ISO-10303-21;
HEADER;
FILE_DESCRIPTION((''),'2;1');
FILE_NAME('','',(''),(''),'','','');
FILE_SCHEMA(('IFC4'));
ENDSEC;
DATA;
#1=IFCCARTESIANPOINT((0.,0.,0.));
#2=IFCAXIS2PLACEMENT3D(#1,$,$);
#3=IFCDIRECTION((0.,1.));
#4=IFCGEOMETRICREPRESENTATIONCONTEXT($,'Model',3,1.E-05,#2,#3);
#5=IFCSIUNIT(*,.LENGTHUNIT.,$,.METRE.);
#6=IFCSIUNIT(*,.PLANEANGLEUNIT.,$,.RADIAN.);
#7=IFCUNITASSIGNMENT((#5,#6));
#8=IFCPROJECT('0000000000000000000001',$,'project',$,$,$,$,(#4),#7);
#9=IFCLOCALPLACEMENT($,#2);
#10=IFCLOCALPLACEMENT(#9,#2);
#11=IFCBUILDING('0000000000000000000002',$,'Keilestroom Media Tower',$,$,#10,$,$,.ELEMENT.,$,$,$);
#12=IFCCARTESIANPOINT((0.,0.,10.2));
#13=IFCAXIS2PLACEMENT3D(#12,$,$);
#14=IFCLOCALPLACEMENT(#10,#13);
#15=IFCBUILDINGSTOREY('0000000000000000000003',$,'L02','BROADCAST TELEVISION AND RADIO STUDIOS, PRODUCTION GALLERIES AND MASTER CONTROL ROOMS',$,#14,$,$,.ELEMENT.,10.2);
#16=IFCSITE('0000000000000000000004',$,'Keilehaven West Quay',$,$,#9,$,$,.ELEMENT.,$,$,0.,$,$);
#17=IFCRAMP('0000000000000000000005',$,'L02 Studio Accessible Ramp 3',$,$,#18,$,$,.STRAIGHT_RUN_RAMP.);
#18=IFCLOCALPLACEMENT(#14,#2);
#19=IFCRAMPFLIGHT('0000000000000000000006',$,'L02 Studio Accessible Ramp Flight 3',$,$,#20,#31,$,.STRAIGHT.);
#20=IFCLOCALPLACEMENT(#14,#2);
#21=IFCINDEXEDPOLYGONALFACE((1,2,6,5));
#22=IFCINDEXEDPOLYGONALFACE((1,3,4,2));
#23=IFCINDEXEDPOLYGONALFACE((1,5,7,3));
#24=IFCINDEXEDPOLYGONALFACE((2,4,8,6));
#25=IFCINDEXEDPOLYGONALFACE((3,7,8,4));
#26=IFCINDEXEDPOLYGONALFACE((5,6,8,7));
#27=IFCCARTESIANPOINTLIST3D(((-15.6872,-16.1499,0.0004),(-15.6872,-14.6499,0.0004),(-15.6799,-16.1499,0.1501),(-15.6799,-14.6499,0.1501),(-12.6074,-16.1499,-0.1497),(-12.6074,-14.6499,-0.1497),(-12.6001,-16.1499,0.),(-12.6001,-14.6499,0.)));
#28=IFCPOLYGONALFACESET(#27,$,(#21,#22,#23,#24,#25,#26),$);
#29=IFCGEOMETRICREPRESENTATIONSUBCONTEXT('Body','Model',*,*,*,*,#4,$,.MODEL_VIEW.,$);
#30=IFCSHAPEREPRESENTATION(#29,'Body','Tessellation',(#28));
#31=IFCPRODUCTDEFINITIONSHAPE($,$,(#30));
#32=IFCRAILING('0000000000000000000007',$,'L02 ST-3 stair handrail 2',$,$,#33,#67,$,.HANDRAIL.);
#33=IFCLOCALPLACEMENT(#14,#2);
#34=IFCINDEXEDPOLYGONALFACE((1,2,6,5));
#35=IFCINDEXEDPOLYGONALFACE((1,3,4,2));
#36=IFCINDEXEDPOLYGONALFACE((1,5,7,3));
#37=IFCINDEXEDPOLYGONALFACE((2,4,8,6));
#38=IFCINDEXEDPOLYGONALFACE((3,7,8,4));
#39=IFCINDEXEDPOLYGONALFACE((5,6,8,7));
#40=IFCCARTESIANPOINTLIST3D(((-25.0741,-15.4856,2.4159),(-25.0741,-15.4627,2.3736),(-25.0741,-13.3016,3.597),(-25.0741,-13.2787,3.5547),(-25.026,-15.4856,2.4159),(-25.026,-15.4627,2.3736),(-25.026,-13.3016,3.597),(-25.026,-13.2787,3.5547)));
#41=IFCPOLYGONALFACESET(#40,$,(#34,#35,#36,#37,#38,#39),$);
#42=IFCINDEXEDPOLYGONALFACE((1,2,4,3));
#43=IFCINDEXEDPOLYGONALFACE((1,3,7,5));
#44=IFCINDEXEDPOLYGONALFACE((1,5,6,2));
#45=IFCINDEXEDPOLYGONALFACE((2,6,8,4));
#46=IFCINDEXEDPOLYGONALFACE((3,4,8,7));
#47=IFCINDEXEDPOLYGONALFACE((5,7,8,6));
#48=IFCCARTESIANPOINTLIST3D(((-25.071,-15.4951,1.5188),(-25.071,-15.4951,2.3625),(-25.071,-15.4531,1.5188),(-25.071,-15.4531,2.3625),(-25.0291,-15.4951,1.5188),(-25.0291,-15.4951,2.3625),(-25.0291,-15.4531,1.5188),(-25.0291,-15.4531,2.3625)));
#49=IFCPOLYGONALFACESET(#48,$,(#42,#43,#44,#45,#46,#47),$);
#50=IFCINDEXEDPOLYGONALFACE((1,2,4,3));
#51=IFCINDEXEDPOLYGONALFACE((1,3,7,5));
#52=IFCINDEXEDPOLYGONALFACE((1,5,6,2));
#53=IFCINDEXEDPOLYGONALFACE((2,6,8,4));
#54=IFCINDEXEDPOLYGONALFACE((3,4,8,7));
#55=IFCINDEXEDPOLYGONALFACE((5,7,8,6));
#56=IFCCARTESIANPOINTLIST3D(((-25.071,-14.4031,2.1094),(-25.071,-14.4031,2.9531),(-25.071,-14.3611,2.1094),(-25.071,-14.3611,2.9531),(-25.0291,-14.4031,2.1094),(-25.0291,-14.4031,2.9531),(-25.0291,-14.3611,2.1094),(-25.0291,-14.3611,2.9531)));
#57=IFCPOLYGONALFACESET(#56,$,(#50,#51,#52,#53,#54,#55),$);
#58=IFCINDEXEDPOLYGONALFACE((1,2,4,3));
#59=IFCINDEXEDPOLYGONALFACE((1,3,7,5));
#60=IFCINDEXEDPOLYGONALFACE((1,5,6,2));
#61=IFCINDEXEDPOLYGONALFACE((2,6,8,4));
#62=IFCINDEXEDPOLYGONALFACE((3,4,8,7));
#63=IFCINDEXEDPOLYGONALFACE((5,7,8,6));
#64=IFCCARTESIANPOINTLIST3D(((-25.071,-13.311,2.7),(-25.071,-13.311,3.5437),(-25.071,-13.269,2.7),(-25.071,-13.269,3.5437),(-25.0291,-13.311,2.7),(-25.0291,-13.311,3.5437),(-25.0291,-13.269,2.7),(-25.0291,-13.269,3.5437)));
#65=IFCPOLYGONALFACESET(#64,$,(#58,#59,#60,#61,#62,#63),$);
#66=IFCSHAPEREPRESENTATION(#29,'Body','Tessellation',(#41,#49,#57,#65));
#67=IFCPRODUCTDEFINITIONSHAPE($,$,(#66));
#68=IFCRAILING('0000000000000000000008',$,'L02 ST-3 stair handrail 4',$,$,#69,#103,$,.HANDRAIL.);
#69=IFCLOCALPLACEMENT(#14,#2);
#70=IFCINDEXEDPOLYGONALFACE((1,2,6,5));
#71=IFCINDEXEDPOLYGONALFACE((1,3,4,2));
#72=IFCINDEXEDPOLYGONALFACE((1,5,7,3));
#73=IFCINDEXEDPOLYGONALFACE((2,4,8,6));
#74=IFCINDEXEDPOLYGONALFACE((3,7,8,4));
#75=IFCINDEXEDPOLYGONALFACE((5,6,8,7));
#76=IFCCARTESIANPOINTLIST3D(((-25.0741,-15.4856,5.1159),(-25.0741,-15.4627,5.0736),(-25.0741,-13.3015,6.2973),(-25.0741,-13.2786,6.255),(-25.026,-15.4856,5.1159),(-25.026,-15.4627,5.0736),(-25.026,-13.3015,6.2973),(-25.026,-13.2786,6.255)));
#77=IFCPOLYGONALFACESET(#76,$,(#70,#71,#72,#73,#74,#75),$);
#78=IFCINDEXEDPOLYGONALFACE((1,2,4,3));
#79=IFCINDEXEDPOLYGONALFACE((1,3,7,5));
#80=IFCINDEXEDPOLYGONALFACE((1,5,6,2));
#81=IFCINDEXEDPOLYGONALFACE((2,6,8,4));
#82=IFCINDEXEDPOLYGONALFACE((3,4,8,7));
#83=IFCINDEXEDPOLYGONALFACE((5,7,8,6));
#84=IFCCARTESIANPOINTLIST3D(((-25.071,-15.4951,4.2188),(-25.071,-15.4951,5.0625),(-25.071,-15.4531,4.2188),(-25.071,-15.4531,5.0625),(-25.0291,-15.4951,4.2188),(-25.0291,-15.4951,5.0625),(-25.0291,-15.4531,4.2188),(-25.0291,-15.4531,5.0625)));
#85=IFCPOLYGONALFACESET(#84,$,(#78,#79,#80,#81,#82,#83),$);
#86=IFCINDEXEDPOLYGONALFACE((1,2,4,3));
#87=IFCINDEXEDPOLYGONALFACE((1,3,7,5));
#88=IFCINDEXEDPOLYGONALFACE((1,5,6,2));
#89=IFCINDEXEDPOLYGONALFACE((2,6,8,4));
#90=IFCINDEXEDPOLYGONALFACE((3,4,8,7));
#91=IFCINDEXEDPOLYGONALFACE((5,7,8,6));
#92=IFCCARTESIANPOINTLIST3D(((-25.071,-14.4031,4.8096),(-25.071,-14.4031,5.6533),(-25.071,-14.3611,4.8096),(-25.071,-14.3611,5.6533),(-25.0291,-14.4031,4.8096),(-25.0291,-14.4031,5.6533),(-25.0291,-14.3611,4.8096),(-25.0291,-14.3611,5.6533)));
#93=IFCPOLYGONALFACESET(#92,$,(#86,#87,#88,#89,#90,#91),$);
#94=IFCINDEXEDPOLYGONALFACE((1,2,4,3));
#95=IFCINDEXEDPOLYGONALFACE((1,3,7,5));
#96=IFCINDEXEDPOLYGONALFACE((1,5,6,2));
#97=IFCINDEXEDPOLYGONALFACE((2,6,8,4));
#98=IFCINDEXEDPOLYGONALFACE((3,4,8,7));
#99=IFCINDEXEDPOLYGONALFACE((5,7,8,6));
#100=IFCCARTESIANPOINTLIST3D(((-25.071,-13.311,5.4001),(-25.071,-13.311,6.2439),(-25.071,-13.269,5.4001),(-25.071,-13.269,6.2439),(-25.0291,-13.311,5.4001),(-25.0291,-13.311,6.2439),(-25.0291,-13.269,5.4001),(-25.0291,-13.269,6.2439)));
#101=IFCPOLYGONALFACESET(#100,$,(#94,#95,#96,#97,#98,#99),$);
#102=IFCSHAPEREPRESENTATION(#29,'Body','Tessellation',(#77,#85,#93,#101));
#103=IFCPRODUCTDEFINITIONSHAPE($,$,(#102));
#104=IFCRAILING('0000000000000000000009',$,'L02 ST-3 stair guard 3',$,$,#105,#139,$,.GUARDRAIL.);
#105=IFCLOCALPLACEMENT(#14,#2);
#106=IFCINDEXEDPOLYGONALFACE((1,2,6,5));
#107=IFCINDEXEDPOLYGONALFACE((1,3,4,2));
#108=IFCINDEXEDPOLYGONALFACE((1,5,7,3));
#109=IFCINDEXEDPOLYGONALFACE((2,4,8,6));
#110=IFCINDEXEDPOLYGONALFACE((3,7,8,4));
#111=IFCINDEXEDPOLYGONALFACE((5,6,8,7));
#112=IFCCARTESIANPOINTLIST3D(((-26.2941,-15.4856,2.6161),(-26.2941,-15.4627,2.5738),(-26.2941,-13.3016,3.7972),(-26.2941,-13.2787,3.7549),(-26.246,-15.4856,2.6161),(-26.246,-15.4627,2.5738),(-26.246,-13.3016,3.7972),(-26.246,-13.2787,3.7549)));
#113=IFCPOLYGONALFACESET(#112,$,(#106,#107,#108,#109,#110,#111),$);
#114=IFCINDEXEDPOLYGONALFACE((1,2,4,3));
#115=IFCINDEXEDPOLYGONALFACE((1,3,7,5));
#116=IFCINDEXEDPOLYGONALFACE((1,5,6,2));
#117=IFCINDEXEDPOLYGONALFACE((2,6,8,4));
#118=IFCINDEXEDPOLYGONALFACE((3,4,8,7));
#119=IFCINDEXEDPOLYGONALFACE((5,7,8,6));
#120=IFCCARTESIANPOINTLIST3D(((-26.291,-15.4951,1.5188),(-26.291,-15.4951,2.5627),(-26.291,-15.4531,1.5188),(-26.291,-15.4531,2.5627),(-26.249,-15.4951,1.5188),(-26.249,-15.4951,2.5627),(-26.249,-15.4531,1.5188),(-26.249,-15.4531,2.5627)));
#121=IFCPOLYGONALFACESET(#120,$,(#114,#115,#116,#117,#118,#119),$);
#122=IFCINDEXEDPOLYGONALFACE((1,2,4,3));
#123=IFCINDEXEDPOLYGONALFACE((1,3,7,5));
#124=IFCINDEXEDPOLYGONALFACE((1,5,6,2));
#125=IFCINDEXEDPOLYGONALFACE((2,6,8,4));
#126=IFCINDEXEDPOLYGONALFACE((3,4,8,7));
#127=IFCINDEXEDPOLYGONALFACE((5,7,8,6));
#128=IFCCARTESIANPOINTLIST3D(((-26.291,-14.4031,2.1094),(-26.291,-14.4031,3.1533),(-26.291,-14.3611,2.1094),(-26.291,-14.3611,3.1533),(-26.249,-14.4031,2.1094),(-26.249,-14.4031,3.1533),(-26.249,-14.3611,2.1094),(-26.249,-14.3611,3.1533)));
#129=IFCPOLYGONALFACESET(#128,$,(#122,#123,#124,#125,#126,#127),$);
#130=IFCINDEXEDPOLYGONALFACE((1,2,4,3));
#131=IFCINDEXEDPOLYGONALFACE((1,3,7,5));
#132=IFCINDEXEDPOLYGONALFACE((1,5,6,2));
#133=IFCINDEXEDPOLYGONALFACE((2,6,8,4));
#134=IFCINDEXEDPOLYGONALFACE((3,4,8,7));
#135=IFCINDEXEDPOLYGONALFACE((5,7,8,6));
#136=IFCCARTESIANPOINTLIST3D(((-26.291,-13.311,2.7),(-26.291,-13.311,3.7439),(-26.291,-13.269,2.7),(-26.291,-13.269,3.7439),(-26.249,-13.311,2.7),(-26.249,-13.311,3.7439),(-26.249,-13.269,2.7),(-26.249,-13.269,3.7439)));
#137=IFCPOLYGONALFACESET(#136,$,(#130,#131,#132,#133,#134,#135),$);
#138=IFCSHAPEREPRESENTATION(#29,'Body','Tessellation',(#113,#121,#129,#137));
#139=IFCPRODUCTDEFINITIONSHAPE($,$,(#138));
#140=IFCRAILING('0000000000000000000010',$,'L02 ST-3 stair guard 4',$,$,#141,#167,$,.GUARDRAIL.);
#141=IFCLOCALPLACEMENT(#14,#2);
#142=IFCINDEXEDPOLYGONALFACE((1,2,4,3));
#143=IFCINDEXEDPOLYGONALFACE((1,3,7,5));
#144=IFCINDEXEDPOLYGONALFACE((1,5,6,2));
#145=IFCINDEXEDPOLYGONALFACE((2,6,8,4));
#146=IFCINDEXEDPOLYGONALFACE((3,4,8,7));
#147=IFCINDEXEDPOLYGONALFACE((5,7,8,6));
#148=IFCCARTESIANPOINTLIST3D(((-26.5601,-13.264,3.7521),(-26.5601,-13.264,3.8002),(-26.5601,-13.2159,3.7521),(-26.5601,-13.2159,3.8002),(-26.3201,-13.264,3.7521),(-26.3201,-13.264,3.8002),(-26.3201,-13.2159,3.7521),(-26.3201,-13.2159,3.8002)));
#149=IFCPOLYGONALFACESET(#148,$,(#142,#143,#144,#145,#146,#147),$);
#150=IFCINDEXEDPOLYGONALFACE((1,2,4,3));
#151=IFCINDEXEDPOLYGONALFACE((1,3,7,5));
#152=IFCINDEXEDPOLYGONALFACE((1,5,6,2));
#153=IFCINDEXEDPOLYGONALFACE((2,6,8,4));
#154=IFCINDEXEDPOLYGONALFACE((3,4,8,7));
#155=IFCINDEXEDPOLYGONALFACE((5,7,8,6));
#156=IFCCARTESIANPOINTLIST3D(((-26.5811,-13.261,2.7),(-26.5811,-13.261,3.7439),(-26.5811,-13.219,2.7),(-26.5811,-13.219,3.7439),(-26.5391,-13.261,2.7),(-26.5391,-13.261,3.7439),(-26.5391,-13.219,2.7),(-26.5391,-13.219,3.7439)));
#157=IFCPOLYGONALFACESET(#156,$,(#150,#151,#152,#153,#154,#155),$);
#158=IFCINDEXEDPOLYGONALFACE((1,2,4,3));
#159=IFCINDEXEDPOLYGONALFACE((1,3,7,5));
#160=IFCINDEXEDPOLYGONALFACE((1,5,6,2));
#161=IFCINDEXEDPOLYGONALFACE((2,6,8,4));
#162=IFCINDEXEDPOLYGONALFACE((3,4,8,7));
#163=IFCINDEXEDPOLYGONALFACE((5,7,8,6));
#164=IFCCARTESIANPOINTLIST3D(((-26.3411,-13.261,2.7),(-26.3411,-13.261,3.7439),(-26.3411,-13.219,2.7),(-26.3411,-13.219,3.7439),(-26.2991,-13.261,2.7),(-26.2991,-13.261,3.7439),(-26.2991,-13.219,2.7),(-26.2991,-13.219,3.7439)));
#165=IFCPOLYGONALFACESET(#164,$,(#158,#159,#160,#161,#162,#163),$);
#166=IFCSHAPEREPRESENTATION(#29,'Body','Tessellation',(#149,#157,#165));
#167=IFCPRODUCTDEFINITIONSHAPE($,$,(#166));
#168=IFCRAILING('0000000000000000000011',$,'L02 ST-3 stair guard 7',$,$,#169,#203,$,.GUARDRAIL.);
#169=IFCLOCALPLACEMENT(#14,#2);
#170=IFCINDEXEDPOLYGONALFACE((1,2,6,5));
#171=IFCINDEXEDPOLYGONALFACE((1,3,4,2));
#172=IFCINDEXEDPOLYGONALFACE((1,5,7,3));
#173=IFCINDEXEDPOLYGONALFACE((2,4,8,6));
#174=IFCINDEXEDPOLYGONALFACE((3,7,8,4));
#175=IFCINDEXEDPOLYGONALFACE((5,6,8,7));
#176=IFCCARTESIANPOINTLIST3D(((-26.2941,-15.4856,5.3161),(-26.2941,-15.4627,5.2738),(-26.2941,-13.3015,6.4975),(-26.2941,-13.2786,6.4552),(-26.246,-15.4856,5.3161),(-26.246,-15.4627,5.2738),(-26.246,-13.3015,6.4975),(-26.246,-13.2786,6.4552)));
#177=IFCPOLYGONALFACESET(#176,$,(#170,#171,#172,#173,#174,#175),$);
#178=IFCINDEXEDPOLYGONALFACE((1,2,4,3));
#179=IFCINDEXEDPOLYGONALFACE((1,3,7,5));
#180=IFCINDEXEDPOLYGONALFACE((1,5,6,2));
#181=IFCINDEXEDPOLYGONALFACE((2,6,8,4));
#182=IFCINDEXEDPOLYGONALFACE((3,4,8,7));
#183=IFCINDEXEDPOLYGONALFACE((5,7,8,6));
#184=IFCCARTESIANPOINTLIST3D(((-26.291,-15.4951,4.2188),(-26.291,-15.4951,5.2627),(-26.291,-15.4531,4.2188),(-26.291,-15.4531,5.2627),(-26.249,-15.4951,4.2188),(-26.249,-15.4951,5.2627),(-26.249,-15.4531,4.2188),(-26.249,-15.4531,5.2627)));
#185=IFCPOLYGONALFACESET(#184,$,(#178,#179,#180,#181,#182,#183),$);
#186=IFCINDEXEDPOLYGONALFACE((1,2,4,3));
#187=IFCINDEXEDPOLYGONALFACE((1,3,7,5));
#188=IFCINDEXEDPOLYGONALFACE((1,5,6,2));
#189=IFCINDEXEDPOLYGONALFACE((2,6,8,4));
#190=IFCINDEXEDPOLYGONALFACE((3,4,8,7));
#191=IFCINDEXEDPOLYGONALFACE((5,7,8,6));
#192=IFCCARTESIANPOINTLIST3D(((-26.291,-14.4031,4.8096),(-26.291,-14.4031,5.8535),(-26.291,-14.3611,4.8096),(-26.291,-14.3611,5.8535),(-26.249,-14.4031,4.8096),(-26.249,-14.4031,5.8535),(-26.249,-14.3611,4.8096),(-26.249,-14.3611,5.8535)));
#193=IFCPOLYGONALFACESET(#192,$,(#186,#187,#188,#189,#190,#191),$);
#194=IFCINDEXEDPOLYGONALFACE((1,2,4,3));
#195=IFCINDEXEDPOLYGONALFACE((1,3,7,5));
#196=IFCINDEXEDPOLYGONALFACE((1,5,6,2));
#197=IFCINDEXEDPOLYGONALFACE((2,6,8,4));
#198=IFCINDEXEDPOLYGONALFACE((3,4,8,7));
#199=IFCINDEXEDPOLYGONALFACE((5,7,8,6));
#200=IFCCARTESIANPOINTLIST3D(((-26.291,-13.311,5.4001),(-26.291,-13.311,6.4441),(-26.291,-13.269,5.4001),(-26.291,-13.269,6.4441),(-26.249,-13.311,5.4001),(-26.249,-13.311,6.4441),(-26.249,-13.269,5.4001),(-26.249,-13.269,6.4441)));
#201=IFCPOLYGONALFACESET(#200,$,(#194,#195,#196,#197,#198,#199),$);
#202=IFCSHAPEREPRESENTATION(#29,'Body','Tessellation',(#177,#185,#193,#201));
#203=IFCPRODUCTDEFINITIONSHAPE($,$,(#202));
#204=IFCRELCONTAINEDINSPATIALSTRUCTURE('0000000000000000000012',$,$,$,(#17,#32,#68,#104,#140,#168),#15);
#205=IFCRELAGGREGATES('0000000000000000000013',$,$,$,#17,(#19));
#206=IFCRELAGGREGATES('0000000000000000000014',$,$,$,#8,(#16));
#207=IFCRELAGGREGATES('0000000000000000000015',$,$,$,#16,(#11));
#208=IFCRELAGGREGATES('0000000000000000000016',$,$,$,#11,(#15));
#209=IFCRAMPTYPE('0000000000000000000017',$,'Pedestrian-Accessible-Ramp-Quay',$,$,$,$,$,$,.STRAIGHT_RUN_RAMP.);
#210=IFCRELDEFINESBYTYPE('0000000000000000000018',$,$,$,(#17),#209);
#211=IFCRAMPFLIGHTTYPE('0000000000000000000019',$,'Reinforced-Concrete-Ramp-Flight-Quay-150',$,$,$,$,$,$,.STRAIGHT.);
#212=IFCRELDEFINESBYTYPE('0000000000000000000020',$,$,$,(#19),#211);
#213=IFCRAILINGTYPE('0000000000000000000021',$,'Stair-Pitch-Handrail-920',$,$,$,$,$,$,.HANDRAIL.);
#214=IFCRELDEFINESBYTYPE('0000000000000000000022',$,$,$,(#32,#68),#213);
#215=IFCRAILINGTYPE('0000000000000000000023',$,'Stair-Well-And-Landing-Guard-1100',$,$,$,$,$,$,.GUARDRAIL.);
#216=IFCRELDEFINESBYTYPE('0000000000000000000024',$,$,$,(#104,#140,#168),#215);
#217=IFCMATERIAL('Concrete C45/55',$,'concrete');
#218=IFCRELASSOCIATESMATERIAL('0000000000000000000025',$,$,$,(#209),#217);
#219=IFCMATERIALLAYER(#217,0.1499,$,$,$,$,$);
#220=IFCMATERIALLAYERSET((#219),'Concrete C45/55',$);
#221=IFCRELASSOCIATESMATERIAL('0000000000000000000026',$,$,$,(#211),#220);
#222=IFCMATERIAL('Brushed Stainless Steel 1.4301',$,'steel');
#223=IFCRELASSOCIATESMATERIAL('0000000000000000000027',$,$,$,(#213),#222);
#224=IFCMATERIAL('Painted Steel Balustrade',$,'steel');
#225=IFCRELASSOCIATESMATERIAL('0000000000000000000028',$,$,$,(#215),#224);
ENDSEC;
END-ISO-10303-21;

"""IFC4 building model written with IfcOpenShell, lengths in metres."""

from ifc_helpers import new_model, si_unit, direction, frame, origin, origin_2d, place, context, subcontext, project, spatial, polyline, rectangle, outline, extrude, material, layer, layer_set, type_object, element, aggregate, save


model = new_model("IFC4")

# Units and contexts
model_context = context("Model", 3, precision=1e-05, world=origin(), true_north=direction((0.0, 1.0)))
body_context = subcontext(model_context, "Body", "Model", "MODEL_VIEW")
ifc_project = project(units=[si_unit("LENGTHUNIT", "METRE"), si_unit("PLANEANGLEUNIT", "RADIAN")], contexts=[model_context])

# Site, building, storey
site_placement = place(None, origin())
site = spatial("IfcSite", under=ifc_project, at=site_placement, Name="Keilehaven West Quay", CompositionType="ELEMENT", RefElevation=0.0)
building_placement = place(site_placement, origin())
building = spatial("IfcBuilding", under=site, at=building_placement, Name="Keilestroom Media Tower", CompositionType="ELEMENT")
storey_placement = place(building_placement, frame((0.0, 0.0, 10.2)))
storey = spatial("IfcBuildingStorey", under=building, at=storey_placement, Name="L02", Description="BROADCAST TELEVISION AND RADIO STUDIOS, PRODUCTION GALLERIES AND MASTER CONTROL ROOMS", CompositionType="ELEMENT", Elevation=10.2)

# Shared definitions
ifc_material_1 = material(Name="Concrete C45/55", Category="concrete")

# Ramp, ramp flight
ramp_type = type_object("IfcRampType", Name="Pedestrian-Accessible-Ramp-Quay", PredefinedType="STRAIGHT_RUN_RAMP", material=ifc_material_1)
ramp_placement = place(storey_placement, origin())
ramp = element("IfcRamp", 1, at=ramp_placement, inside=storey, type_object=ramp_type, Name="L02 Studio Accessible Ramp 3", PredefinedType="STRAIGHT_RUN_RAMP")
ifc_layer_1 = layer(ifc_material_1, 0.1499)
ifc_layer_set_1 = layer_set([ifc_layer_1], Name="Concrete C45/55")
ramp_flight_type = type_object("IfcRampFlightType", Name="Reinforced-Concrete-Ramp-Flight-Quay-150", PredefinedType="STRAIGHT", material=ifc_layer_set_1)
ramp_flight_placement = place(storey_placement, frame((-15.6799, -16.1499, 0.1501), z_axis=(0.048694, 0.0, 0.998814), x_axis=(0.998814, 0.0, -0.048694)))
ramp_flight = element("IfcRampFlight", 2, at=ramp_flight_placement, type_object=ramp_flight_type, Name="L02 Studio Accessible Ramp Flight 3", PredefinedType="STRAIGHT", context=body_context, shape_type="SweptSolid", body=[
    extrude(outline(polyline([(0.0, 0.0), (3.0835, 0.0), (3.0835, 1.5), (0.0, 1.5), (0.0, 0.0)])), origin(), (0.0, 0.0, -1.0), 0.1499),
])
aggregate(ramp, [ramp_flight])

# Railings
ifc_material_2 = material(Name="Brushed Stainless Steel 1.4301", Category="steel")
railing_type_1 = type_object("IfcRailingType", Name="Stair-Pitch-Handrail-920", PredefinedType="HANDRAIL", material=ifc_material_2)
railing_1_placement = place(storey_placement, frame((-25.05, -15.4741, 1.5188)))
element("IfcRailing", 3, at=railing_1_placement, inside=storey, type_object=railing_type_1, Name="L02 ST-3 stair handrail 2", PredefinedType="HANDRAIL", context=body_context, shape_type="SweptSolid", body=[
    extrude(rectangle(XDim=0.0481, YDim=0.0481, at=origin_2d()), frame((0.0, 0.0, 0.876), z_axis=(0.0, 0.879611, 0.475694), x_axis=(-1.0, 0.0, 0.0)), (0.0, 0.0, 1.0), 2.4829),
    extrude(rectangle(XDim=0.042, YDim=0.042, at=origin_2d()), origin(), (0.0, 0.0, 1.0), 0.8438),
    extrude(rectangle(XDim=0.042, YDim=0.042, at=origin_2d()), frame((0.0, 1.092, 0.5906)), (0.0, 0.0, 1.0), 0.8438),
    extrude(rectangle(XDim=0.042, YDim=0.042, at=origin_2d()), frame((0.0, 2.1841, 1.1812)), (0.0, 0.0, 1.0), 0.8438),
])
railing_2_placement = place(storey_placement, frame((-25.05, -15.4741, 4.2188)))
element("IfcRailing", 4, at=railing_2_placement, inside=storey, type_object=railing_type_1, Name="L02 ST-3 stair handrail 4", PredefinedType="HANDRAIL", context=body_context, shape_type="SweptSolid", body=[
    extrude(rectangle(XDim=0.0481, YDim=0.0481, at=origin_2d()), frame((0.0, 0.0, 0.876), z_axis=(0.0, 0.87957, 0.47577), x_axis=(-1.0, 0.0, 0.0)), (0.0, 0.0, 1.0), 2.4832),
    extrude(rectangle(XDim=0.042, YDim=0.042, at=origin_2d()), origin(), (0.0, 0.0, 1.0), 0.8438),
    extrude(rectangle(XDim=0.042, YDim=0.042, at=origin_2d()), frame((0.0, 1.092, 0.5908)), (0.0, 0.0, 1.0), 0.8438),
    extrude(rectangle(XDim=0.042, YDim=0.042, at=origin_2d()), frame((0.0, 2.1841, 1.1814)), (0.0, 0.0, 1.0), 0.8438),
])
ifc_material_3 = material(Name="Painted Steel Balustrade", Category="steel")
railing_type_2 = type_object("IfcRailingType", Name="Stair-Well-And-Landing-Guard-1100", PredefinedType="GUARDRAIL", material=ifc_material_3)
railing_3_placement = place(storey_placement, frame((-26.27, -15.4741, 1.5188)))
element("IfcRailing", 5, at=railing_3_placement, inside=storey, type_object=railing_type_2, Name="L02 ST-3 stair guard 3", PredefinedType="GUARDRAIL", context=body_context, shape_type="SweptSolid", body=[
    extrude(rectangle(XDim=0.0481, YDim=0.0481, at=origin_2d()), frame((0.0, 0.0, 1.0762), z_axis=(0.0, 0.879611, 0.475694), x_axis=(-1.0, 0.0, 0.0)), (0.0, 0.0, 1.0), 2.4829),
    extrude(rectangle(XDim=0.042, YDim=0.042, at=origin_2d()), origin(), (0.0, 0.0, 1.0), 1.0439),
    extrude(rectangle(XDim=0.042, YDim=0.042, at=origin_2d()), frame((0.0, 1.092, 0.5906)), (0.0, 0.0, 1.0), 1.0439),
    extrude(rectangle(XDim=0.042, YDim=0.042, at=origin_2d()), frame((0.0, 2.1841, 1.1812)), (0.0, 0.0, 1.0), 1.0439),
])
railing_4_placement = place(storey_placement, frame((-26.5601, -13.24, 2.7)))
element("IfcRailing", 6, at=railing_4_placement, inside=storey, type_object=railing_type_2, Name="L02 ST-3 stair guard 4", PredefinedType="GUARDRAIL", context=body_context, shape_type="SweptSolid", body=[
    extrude(rectangle(XDim=0.0481, YDim=0.0481, at=origin_2d()), frame((0.0, 0.0, 1.0762), z_axis=(1.0, 0.0, 0.0), x_axis=(0.0, 1.0, 0.0)), (0.0, 0.0, 1.0), 0.24),
    extrude(rectangle(XDim=0.042, YDim=0.042, at=origin_2d()), origin(), (0.0, 0.0, 1.0), 1.0439),
    extrude(rectangle(XDim=0.042, YDim=0.042, at=origin_2d()), frame((0.24, 0.0, 0.0)), (0.0, 0.0, 1.0), 1.0439),
])
railing_5_placement = place(storey_placement, frame((-26.27, -15.4741, 4.2188)))
element("IfcRailing", 7, at=railing_5_placement, inside=storey, type_object=railing_type_2, Name="L02 ST-3 stair guard 7", PredefinedType="GUARDRAIL", context=body_context, shape_type="SweptSolid", body=[
    extrude(rectangle(XDim=0.0481, YDim=0.0481, at=origin_2d()), frame((0.0, 0.0, 1.0762), z_axis=(0.0, 0.87957, 0.47577), x_axis=(-1.0, 0.0, 0.0)), (0.0, 0.0, 1.0), 2.4832),
    extrude(rectangle(XDim=0.042, YDim=0.042, at=origin_2d()), origin(), (0.0, 0.0, 1.0), 1.0439),
    extrude(rectangle(XDim=0.042, YDim=0.042, at=origin_2d()), frame((0.0, 1.092, 0.5908)), (0.0, 0.0, 1.0), 1.0439),
    extrude(rectangle(XDim=0.042, YDim=0.042, at=origin_2d()), frame((0.0, 2.1841, 1.1814)), (0.0, 0.0, 1.0), 1.0439),
])

save(model, "model.ifc")
